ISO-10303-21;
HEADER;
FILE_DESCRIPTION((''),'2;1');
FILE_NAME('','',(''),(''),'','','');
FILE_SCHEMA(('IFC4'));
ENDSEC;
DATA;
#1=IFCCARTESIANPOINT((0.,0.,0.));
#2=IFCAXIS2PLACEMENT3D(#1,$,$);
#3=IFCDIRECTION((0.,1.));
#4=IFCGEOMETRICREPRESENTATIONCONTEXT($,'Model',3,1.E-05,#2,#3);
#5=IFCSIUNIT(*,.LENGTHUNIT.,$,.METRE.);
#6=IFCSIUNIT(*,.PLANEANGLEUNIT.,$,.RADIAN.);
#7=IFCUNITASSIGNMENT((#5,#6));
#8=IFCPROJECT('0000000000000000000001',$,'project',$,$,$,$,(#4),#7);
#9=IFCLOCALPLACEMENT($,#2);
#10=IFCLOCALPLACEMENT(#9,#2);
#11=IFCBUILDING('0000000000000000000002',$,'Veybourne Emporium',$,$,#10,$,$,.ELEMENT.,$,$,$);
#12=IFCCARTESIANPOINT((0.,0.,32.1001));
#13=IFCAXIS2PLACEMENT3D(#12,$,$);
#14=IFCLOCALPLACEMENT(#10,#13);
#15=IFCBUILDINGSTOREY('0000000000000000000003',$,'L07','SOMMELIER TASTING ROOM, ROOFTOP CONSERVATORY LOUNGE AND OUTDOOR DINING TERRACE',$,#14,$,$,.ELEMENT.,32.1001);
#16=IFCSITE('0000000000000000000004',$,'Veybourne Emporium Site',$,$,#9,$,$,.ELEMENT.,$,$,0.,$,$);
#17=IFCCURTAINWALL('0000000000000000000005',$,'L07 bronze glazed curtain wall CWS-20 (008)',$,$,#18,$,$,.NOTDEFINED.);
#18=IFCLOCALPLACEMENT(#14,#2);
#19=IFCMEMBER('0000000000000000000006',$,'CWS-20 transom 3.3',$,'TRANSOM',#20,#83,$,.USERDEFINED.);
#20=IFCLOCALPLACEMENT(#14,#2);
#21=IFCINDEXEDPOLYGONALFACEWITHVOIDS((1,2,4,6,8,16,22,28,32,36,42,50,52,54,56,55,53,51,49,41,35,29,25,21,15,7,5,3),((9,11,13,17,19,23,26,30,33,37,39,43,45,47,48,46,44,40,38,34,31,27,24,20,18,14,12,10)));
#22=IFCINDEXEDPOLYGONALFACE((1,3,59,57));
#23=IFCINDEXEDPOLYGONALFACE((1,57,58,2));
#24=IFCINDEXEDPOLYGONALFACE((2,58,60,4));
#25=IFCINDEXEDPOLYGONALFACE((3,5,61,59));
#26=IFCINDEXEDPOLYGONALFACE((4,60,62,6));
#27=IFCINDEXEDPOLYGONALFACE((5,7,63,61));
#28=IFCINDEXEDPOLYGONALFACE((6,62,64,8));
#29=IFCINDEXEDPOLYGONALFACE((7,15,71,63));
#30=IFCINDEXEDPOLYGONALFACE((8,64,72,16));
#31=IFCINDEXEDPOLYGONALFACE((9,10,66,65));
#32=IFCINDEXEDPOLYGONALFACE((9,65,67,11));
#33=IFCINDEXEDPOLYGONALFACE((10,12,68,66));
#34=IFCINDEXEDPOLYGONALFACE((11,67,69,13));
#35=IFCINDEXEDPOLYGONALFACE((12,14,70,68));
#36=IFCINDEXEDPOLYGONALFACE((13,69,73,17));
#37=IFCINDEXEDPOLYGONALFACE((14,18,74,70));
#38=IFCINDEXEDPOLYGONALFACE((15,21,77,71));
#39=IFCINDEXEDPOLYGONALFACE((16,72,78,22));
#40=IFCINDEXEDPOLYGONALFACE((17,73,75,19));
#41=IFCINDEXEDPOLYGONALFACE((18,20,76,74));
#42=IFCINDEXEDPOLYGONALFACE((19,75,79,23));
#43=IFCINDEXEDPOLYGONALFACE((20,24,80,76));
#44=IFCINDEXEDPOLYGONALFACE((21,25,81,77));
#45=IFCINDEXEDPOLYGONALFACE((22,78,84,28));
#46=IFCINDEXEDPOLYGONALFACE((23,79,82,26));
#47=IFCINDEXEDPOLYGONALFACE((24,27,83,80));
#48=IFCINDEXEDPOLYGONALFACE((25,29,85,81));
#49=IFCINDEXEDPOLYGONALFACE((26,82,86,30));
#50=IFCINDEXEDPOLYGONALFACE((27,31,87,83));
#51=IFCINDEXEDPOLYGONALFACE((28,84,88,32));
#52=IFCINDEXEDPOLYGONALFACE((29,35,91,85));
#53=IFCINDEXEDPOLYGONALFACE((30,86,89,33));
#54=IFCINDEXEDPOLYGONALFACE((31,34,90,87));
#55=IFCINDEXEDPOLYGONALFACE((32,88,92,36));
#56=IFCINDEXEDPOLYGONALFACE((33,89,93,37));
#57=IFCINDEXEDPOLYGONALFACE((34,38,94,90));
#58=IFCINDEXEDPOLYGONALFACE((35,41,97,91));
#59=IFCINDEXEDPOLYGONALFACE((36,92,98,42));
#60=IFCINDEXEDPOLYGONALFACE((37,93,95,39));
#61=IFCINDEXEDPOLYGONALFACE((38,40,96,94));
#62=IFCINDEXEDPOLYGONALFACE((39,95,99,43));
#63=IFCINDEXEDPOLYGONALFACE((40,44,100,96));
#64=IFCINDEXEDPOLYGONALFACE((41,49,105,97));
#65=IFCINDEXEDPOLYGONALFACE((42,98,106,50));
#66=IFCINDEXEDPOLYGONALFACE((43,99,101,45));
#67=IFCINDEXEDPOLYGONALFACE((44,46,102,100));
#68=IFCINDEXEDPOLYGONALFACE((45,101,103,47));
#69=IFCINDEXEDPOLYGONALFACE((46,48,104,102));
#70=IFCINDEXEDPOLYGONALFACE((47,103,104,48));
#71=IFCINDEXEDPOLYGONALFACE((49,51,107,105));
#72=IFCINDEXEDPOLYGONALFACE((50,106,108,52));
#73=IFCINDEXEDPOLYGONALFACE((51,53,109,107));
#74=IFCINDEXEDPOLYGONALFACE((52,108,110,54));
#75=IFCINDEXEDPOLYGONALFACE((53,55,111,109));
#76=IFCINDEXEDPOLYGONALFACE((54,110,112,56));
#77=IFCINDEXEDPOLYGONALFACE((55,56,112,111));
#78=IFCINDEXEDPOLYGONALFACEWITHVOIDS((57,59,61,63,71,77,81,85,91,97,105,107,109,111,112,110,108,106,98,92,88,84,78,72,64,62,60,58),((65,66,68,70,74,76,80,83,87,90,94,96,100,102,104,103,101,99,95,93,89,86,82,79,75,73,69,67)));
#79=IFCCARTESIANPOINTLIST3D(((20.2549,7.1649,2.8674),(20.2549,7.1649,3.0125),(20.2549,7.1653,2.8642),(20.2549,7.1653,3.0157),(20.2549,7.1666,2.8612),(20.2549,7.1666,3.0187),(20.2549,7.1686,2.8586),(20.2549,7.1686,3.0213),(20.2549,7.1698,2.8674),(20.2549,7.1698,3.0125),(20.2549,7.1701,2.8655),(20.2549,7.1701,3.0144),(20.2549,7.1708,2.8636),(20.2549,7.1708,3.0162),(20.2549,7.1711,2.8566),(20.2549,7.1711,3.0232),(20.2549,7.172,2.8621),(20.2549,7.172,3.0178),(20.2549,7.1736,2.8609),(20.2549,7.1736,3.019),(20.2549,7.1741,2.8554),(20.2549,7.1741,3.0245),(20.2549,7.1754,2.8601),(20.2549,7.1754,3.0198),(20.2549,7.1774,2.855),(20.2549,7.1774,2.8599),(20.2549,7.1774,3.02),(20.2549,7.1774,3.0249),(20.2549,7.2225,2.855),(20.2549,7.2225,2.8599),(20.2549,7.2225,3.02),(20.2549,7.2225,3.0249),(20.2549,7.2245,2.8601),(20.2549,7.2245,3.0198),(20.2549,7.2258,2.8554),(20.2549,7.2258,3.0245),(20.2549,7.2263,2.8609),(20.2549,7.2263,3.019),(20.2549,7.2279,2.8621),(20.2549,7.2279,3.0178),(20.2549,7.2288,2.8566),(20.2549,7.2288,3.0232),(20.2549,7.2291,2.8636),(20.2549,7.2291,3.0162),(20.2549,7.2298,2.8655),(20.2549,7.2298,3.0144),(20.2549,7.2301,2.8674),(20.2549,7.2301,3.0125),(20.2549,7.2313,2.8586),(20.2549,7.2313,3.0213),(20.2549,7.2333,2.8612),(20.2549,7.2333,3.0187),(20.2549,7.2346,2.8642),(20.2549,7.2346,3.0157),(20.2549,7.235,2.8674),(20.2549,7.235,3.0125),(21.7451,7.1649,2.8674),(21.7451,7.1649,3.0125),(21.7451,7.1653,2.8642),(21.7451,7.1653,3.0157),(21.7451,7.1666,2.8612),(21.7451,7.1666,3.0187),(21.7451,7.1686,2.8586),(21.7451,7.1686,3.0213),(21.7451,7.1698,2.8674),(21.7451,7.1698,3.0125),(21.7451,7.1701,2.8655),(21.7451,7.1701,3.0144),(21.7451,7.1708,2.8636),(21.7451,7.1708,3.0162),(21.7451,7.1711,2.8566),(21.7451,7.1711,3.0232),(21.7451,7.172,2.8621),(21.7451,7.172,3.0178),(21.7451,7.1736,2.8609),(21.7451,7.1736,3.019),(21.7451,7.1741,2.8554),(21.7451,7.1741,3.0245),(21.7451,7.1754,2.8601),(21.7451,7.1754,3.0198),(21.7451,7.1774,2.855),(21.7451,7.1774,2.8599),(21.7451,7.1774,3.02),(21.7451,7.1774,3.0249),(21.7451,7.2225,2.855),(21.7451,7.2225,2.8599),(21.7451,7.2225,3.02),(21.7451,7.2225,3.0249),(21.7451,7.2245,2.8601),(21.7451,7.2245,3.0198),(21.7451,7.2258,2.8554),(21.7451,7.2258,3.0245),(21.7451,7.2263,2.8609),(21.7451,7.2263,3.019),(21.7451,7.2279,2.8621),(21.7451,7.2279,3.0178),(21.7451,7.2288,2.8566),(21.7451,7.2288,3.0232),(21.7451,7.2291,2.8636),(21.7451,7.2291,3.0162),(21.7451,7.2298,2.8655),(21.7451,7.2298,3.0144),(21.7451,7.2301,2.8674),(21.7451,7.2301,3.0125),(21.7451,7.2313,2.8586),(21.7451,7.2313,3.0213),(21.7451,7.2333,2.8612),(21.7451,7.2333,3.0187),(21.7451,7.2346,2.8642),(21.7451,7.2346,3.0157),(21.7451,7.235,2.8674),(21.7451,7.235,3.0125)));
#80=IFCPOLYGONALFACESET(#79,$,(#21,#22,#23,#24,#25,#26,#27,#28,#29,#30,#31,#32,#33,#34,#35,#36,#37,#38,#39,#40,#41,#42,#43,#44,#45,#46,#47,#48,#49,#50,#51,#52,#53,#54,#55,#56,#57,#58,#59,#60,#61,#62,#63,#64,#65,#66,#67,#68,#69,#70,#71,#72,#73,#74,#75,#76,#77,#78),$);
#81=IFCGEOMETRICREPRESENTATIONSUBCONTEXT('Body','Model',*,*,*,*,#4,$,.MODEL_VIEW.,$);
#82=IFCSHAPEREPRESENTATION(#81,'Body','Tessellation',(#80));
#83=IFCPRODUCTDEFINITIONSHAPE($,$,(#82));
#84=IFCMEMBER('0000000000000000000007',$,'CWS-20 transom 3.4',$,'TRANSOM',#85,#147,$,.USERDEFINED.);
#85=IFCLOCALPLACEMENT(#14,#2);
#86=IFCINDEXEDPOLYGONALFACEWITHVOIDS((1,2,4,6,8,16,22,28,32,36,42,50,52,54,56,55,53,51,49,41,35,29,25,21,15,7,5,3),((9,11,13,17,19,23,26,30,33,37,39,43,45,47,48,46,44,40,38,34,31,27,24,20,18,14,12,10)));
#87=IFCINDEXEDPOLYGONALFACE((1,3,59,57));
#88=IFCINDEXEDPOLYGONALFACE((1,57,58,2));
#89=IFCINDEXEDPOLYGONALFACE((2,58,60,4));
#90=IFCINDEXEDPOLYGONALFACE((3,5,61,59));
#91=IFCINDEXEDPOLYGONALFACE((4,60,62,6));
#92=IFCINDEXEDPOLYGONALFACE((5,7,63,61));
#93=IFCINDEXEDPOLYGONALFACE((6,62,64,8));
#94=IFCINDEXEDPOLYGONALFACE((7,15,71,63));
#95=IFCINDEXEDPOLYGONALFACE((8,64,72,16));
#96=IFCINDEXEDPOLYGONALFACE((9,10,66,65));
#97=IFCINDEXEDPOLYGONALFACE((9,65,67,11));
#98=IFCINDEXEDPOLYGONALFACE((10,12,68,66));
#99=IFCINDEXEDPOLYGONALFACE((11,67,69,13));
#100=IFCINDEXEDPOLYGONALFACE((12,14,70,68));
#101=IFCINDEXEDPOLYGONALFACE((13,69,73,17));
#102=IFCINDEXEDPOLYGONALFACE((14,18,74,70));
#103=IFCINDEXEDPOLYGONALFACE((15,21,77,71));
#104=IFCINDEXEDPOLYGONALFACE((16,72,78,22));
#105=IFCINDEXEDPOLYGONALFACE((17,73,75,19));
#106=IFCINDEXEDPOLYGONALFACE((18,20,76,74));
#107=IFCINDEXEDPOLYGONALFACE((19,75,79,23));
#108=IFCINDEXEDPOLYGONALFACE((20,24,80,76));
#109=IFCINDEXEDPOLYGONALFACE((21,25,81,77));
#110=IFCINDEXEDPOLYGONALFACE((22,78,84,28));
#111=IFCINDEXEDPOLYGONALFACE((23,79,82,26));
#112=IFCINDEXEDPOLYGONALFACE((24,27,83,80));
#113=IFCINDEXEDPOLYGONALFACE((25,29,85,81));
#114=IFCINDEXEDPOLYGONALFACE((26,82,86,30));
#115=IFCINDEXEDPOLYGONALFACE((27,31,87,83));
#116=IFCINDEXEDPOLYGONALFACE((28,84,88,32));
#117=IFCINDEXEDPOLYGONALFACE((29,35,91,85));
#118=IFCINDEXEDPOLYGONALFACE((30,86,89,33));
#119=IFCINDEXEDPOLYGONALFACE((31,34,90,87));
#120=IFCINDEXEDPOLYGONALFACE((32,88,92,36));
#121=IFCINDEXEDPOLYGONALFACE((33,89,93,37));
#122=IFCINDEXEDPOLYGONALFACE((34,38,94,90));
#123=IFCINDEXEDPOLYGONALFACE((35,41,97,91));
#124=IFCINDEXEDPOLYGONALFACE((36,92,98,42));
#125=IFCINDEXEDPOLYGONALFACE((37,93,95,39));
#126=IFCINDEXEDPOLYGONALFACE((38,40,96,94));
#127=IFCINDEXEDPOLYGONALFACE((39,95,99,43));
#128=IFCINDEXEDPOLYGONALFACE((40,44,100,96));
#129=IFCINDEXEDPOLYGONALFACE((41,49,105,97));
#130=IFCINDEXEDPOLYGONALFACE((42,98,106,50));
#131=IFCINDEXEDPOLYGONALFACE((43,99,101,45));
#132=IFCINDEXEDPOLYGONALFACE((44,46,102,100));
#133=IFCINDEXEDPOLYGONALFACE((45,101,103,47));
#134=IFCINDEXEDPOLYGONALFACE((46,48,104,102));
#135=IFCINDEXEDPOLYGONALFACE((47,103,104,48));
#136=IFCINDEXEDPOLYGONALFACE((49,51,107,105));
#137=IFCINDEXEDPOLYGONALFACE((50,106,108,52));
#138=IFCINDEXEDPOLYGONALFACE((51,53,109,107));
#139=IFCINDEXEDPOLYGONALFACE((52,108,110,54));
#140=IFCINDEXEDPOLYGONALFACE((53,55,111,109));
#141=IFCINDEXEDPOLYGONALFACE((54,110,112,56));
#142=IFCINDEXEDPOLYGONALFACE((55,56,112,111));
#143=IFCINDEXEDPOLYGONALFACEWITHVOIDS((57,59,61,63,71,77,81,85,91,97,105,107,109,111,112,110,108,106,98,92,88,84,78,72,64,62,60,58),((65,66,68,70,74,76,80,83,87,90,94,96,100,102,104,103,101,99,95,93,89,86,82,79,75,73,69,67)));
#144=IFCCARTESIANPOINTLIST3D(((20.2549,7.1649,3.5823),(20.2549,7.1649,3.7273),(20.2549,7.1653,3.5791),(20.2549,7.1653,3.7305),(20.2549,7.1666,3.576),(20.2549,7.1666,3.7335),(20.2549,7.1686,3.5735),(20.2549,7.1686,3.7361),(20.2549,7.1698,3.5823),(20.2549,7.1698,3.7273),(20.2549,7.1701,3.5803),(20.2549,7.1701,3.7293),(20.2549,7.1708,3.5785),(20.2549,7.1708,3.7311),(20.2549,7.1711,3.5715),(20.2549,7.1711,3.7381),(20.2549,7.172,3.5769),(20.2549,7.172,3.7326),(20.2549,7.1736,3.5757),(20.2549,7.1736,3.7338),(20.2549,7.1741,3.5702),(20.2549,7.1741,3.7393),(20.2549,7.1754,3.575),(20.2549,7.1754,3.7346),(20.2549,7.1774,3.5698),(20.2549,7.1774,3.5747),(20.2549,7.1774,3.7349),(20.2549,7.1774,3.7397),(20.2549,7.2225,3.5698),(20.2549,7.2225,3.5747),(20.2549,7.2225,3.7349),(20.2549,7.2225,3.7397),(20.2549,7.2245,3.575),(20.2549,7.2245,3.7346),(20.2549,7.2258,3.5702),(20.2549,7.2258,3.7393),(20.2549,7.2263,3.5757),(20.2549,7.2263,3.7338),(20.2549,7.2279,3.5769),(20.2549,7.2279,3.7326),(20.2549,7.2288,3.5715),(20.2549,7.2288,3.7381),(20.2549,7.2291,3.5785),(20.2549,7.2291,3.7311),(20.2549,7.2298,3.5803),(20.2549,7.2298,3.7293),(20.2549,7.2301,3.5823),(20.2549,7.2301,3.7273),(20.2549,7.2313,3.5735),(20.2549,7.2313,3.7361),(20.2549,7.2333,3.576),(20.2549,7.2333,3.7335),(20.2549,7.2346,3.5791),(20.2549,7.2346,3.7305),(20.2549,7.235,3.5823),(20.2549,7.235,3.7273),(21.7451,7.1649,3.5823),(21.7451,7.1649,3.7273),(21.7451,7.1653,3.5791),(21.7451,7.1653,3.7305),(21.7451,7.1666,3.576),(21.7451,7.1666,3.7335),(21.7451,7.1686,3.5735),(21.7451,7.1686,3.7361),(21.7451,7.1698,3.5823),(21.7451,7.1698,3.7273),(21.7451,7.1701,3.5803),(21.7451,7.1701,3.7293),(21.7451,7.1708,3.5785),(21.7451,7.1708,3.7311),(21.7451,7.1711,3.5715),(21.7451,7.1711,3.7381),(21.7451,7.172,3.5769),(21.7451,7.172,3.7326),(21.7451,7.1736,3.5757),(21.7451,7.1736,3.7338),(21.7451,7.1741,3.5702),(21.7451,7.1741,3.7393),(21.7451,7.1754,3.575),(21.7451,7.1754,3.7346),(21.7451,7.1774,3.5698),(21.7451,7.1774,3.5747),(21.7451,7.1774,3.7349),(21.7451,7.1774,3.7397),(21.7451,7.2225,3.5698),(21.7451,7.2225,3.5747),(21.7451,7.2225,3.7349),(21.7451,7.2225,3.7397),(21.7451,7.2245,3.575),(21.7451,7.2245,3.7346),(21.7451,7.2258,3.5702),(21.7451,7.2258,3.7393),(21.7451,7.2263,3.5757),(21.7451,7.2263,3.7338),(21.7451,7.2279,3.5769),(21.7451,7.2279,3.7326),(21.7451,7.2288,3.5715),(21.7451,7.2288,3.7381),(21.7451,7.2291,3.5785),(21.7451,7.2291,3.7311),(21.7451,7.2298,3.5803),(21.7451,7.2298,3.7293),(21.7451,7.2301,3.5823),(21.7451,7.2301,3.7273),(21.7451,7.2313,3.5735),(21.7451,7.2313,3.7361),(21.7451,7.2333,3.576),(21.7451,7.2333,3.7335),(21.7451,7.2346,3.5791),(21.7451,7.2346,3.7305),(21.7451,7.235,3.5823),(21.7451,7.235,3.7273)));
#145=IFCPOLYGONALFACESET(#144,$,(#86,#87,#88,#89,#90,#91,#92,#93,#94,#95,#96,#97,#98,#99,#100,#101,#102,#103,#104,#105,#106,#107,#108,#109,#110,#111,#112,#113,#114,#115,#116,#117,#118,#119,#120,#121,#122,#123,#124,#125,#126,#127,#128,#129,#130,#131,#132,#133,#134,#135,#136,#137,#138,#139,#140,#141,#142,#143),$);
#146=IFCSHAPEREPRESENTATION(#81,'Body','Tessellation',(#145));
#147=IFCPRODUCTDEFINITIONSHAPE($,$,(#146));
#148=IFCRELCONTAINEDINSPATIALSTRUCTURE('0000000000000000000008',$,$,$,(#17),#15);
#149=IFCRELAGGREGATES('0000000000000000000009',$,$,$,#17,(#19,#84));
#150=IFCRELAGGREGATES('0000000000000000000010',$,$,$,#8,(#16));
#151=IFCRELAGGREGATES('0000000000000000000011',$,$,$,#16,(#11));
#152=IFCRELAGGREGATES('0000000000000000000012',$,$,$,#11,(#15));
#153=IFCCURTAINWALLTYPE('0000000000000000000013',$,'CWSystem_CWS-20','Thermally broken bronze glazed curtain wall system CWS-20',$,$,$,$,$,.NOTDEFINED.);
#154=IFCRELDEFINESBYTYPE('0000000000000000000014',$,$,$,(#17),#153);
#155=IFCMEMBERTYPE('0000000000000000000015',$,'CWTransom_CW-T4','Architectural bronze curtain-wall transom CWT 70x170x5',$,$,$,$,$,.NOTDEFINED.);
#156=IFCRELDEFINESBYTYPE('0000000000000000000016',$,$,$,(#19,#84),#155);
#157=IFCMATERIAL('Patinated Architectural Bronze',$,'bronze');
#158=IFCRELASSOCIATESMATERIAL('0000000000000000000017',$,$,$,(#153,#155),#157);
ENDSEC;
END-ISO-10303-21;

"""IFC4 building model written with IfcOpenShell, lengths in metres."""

from ifc_helpers import new_model, si_unit, direction, frame, origin, origin_2d, place, context, subcontext, project, spatial, hollow_rectangle, extrude, material, material_profile, profile_set, type_object, element, aggregate, save


model = new_model("IFC4")

# Units and contexts
model_context = context("Model", 3, precision=1e-05, world=origin(), true_north=direction((0.0, 1.0)))
body_context = subcontext(model_context, "Body", "Model", "MODEL_VIEW")
ifc_project = project(units=[si_unit("LENGTHUNIT", "METRE"), si_unit("PLANEANGLEUNIT", "RADIAN")], contexts=[model_context])

# Site, building, storey
site_placement = place(None, origin())
site = spatial("IfcSite", under=ifc_project, at=site_placement, Name="Veybourne Emporium Site", CompositionType="ELEMENT", RefElevation=0.0)
building_placement = place(site_placement, origin())
building = spatial("IfcBuilding", under=site, at=building_placement, Name="Veybourne Emporium", CompositionType="ELEMENT")
storey_placement = place(building_placement, frame((0.0, 0.0, 32.1001)))
storey = spatial("IfcBuildingStorey", under=building, at=storey_placement, Name="L07", Description="SOMMELIER TASTING ROOM, ROOFTOP CONSERVATORY LOUNGE AND OUTDOOR DINING TERRACE", CompositionType="ELEMENT", Elevation=32.1001)

# Curtain wall, members
ifc_material_1 = material(Name="Patinated Architectural Bronze", Category="bronze")
curtain_wall_type = type_object("IfcCurtainWallType", Name="CWSystem_CWS-20", Description="Thermally broken bronze glazed curtain wall system CWS-20", PredefinedType="NOTDEFINED", material=ifc_material_1)
curtain_wall_placement = place(storey_placement, origin())
curtain_wall = element("IfcCurtainWall", 1, at=curtain_wall_placement, inside=storey, type_object=curtain_wall_type, Name="L07 bronze glazed curtain wall CWS-20 (008)", PredefinedType="NOTDEFINED")
ifc_material_profile_1 = material_profile(ifc_material_1, hollow_rectangle(XDim=0.0701, YDim=0.1699, WallThickness=0.0049, InnerFilletRadius=0.0076, OuterFilletRadius=0.0125, at=origin_2d()), Name="CWT 70x170x5")
ifc_profile_set_1 = profile_set([ifc_material_profile_1], Name="Patinated Architectural Bronze")
member_type_1 = type_object("IfcMemberType", Name="CWTransom_CW-T4", Description="Architectural bronze curtain-wall transom CWT 70x170x5", PredefinedType="NOTDEFINED", material=ifc_profile_set_1)
member_1_placement = place(storey_placement, frame((21.7451, 7.2, 2.9399), z_axis=(-1.0, 0.0, 0.0), x_axis=(0.0, -1.0, 0.0)))
member_1 = element("IfcMember", 2, at=member_1_placement, type_object=member_type_1, Name="CWS-20 transom 3.3", ObjectType="TRANSOM", PredefinedType="USERDEFINED", context=body_context, shape_type="SweptSolid", body=[
    extrude(hollow_rectangle(XDim=0.0701, YDim=0.1699, WallThickness=0.0049, InnerFilletRadius=0.0076, OuterFilletRadius=0.0125, at=origin_2d()), origin(), (0.0, 0.0, 1.0), 1.4902),
])
member_2_placement = place(storey_placement, frame((21.7451, 7.2, 3.6548), z_axis=(-1.0, 0.0, 0.0), x_axis=(0.0, -1.0, 0.0)))
member_2 = element("IfcMember", 3, at=member_2_placement, type_object=member_type_1, Name="CWS-20 transom 3.4", ObjectType="TRANSOM", PredefinedType="USERDEFINED", context=body_context, shape_type="SweptSolid", body=[
    extrude(hollow_rectangle(XDim=0.0701, YDim=0.1699, WallThickness=0.0049, InnerFilletRadius=0.0076, OuterFilletRadius=0.0125, at=origin_2d()), origin(), (0.0, 0.0, 1.0), 1.4902),
])
aggregate(curtain_wall, [member_1, member_2])

save(model, "model.ifc")
